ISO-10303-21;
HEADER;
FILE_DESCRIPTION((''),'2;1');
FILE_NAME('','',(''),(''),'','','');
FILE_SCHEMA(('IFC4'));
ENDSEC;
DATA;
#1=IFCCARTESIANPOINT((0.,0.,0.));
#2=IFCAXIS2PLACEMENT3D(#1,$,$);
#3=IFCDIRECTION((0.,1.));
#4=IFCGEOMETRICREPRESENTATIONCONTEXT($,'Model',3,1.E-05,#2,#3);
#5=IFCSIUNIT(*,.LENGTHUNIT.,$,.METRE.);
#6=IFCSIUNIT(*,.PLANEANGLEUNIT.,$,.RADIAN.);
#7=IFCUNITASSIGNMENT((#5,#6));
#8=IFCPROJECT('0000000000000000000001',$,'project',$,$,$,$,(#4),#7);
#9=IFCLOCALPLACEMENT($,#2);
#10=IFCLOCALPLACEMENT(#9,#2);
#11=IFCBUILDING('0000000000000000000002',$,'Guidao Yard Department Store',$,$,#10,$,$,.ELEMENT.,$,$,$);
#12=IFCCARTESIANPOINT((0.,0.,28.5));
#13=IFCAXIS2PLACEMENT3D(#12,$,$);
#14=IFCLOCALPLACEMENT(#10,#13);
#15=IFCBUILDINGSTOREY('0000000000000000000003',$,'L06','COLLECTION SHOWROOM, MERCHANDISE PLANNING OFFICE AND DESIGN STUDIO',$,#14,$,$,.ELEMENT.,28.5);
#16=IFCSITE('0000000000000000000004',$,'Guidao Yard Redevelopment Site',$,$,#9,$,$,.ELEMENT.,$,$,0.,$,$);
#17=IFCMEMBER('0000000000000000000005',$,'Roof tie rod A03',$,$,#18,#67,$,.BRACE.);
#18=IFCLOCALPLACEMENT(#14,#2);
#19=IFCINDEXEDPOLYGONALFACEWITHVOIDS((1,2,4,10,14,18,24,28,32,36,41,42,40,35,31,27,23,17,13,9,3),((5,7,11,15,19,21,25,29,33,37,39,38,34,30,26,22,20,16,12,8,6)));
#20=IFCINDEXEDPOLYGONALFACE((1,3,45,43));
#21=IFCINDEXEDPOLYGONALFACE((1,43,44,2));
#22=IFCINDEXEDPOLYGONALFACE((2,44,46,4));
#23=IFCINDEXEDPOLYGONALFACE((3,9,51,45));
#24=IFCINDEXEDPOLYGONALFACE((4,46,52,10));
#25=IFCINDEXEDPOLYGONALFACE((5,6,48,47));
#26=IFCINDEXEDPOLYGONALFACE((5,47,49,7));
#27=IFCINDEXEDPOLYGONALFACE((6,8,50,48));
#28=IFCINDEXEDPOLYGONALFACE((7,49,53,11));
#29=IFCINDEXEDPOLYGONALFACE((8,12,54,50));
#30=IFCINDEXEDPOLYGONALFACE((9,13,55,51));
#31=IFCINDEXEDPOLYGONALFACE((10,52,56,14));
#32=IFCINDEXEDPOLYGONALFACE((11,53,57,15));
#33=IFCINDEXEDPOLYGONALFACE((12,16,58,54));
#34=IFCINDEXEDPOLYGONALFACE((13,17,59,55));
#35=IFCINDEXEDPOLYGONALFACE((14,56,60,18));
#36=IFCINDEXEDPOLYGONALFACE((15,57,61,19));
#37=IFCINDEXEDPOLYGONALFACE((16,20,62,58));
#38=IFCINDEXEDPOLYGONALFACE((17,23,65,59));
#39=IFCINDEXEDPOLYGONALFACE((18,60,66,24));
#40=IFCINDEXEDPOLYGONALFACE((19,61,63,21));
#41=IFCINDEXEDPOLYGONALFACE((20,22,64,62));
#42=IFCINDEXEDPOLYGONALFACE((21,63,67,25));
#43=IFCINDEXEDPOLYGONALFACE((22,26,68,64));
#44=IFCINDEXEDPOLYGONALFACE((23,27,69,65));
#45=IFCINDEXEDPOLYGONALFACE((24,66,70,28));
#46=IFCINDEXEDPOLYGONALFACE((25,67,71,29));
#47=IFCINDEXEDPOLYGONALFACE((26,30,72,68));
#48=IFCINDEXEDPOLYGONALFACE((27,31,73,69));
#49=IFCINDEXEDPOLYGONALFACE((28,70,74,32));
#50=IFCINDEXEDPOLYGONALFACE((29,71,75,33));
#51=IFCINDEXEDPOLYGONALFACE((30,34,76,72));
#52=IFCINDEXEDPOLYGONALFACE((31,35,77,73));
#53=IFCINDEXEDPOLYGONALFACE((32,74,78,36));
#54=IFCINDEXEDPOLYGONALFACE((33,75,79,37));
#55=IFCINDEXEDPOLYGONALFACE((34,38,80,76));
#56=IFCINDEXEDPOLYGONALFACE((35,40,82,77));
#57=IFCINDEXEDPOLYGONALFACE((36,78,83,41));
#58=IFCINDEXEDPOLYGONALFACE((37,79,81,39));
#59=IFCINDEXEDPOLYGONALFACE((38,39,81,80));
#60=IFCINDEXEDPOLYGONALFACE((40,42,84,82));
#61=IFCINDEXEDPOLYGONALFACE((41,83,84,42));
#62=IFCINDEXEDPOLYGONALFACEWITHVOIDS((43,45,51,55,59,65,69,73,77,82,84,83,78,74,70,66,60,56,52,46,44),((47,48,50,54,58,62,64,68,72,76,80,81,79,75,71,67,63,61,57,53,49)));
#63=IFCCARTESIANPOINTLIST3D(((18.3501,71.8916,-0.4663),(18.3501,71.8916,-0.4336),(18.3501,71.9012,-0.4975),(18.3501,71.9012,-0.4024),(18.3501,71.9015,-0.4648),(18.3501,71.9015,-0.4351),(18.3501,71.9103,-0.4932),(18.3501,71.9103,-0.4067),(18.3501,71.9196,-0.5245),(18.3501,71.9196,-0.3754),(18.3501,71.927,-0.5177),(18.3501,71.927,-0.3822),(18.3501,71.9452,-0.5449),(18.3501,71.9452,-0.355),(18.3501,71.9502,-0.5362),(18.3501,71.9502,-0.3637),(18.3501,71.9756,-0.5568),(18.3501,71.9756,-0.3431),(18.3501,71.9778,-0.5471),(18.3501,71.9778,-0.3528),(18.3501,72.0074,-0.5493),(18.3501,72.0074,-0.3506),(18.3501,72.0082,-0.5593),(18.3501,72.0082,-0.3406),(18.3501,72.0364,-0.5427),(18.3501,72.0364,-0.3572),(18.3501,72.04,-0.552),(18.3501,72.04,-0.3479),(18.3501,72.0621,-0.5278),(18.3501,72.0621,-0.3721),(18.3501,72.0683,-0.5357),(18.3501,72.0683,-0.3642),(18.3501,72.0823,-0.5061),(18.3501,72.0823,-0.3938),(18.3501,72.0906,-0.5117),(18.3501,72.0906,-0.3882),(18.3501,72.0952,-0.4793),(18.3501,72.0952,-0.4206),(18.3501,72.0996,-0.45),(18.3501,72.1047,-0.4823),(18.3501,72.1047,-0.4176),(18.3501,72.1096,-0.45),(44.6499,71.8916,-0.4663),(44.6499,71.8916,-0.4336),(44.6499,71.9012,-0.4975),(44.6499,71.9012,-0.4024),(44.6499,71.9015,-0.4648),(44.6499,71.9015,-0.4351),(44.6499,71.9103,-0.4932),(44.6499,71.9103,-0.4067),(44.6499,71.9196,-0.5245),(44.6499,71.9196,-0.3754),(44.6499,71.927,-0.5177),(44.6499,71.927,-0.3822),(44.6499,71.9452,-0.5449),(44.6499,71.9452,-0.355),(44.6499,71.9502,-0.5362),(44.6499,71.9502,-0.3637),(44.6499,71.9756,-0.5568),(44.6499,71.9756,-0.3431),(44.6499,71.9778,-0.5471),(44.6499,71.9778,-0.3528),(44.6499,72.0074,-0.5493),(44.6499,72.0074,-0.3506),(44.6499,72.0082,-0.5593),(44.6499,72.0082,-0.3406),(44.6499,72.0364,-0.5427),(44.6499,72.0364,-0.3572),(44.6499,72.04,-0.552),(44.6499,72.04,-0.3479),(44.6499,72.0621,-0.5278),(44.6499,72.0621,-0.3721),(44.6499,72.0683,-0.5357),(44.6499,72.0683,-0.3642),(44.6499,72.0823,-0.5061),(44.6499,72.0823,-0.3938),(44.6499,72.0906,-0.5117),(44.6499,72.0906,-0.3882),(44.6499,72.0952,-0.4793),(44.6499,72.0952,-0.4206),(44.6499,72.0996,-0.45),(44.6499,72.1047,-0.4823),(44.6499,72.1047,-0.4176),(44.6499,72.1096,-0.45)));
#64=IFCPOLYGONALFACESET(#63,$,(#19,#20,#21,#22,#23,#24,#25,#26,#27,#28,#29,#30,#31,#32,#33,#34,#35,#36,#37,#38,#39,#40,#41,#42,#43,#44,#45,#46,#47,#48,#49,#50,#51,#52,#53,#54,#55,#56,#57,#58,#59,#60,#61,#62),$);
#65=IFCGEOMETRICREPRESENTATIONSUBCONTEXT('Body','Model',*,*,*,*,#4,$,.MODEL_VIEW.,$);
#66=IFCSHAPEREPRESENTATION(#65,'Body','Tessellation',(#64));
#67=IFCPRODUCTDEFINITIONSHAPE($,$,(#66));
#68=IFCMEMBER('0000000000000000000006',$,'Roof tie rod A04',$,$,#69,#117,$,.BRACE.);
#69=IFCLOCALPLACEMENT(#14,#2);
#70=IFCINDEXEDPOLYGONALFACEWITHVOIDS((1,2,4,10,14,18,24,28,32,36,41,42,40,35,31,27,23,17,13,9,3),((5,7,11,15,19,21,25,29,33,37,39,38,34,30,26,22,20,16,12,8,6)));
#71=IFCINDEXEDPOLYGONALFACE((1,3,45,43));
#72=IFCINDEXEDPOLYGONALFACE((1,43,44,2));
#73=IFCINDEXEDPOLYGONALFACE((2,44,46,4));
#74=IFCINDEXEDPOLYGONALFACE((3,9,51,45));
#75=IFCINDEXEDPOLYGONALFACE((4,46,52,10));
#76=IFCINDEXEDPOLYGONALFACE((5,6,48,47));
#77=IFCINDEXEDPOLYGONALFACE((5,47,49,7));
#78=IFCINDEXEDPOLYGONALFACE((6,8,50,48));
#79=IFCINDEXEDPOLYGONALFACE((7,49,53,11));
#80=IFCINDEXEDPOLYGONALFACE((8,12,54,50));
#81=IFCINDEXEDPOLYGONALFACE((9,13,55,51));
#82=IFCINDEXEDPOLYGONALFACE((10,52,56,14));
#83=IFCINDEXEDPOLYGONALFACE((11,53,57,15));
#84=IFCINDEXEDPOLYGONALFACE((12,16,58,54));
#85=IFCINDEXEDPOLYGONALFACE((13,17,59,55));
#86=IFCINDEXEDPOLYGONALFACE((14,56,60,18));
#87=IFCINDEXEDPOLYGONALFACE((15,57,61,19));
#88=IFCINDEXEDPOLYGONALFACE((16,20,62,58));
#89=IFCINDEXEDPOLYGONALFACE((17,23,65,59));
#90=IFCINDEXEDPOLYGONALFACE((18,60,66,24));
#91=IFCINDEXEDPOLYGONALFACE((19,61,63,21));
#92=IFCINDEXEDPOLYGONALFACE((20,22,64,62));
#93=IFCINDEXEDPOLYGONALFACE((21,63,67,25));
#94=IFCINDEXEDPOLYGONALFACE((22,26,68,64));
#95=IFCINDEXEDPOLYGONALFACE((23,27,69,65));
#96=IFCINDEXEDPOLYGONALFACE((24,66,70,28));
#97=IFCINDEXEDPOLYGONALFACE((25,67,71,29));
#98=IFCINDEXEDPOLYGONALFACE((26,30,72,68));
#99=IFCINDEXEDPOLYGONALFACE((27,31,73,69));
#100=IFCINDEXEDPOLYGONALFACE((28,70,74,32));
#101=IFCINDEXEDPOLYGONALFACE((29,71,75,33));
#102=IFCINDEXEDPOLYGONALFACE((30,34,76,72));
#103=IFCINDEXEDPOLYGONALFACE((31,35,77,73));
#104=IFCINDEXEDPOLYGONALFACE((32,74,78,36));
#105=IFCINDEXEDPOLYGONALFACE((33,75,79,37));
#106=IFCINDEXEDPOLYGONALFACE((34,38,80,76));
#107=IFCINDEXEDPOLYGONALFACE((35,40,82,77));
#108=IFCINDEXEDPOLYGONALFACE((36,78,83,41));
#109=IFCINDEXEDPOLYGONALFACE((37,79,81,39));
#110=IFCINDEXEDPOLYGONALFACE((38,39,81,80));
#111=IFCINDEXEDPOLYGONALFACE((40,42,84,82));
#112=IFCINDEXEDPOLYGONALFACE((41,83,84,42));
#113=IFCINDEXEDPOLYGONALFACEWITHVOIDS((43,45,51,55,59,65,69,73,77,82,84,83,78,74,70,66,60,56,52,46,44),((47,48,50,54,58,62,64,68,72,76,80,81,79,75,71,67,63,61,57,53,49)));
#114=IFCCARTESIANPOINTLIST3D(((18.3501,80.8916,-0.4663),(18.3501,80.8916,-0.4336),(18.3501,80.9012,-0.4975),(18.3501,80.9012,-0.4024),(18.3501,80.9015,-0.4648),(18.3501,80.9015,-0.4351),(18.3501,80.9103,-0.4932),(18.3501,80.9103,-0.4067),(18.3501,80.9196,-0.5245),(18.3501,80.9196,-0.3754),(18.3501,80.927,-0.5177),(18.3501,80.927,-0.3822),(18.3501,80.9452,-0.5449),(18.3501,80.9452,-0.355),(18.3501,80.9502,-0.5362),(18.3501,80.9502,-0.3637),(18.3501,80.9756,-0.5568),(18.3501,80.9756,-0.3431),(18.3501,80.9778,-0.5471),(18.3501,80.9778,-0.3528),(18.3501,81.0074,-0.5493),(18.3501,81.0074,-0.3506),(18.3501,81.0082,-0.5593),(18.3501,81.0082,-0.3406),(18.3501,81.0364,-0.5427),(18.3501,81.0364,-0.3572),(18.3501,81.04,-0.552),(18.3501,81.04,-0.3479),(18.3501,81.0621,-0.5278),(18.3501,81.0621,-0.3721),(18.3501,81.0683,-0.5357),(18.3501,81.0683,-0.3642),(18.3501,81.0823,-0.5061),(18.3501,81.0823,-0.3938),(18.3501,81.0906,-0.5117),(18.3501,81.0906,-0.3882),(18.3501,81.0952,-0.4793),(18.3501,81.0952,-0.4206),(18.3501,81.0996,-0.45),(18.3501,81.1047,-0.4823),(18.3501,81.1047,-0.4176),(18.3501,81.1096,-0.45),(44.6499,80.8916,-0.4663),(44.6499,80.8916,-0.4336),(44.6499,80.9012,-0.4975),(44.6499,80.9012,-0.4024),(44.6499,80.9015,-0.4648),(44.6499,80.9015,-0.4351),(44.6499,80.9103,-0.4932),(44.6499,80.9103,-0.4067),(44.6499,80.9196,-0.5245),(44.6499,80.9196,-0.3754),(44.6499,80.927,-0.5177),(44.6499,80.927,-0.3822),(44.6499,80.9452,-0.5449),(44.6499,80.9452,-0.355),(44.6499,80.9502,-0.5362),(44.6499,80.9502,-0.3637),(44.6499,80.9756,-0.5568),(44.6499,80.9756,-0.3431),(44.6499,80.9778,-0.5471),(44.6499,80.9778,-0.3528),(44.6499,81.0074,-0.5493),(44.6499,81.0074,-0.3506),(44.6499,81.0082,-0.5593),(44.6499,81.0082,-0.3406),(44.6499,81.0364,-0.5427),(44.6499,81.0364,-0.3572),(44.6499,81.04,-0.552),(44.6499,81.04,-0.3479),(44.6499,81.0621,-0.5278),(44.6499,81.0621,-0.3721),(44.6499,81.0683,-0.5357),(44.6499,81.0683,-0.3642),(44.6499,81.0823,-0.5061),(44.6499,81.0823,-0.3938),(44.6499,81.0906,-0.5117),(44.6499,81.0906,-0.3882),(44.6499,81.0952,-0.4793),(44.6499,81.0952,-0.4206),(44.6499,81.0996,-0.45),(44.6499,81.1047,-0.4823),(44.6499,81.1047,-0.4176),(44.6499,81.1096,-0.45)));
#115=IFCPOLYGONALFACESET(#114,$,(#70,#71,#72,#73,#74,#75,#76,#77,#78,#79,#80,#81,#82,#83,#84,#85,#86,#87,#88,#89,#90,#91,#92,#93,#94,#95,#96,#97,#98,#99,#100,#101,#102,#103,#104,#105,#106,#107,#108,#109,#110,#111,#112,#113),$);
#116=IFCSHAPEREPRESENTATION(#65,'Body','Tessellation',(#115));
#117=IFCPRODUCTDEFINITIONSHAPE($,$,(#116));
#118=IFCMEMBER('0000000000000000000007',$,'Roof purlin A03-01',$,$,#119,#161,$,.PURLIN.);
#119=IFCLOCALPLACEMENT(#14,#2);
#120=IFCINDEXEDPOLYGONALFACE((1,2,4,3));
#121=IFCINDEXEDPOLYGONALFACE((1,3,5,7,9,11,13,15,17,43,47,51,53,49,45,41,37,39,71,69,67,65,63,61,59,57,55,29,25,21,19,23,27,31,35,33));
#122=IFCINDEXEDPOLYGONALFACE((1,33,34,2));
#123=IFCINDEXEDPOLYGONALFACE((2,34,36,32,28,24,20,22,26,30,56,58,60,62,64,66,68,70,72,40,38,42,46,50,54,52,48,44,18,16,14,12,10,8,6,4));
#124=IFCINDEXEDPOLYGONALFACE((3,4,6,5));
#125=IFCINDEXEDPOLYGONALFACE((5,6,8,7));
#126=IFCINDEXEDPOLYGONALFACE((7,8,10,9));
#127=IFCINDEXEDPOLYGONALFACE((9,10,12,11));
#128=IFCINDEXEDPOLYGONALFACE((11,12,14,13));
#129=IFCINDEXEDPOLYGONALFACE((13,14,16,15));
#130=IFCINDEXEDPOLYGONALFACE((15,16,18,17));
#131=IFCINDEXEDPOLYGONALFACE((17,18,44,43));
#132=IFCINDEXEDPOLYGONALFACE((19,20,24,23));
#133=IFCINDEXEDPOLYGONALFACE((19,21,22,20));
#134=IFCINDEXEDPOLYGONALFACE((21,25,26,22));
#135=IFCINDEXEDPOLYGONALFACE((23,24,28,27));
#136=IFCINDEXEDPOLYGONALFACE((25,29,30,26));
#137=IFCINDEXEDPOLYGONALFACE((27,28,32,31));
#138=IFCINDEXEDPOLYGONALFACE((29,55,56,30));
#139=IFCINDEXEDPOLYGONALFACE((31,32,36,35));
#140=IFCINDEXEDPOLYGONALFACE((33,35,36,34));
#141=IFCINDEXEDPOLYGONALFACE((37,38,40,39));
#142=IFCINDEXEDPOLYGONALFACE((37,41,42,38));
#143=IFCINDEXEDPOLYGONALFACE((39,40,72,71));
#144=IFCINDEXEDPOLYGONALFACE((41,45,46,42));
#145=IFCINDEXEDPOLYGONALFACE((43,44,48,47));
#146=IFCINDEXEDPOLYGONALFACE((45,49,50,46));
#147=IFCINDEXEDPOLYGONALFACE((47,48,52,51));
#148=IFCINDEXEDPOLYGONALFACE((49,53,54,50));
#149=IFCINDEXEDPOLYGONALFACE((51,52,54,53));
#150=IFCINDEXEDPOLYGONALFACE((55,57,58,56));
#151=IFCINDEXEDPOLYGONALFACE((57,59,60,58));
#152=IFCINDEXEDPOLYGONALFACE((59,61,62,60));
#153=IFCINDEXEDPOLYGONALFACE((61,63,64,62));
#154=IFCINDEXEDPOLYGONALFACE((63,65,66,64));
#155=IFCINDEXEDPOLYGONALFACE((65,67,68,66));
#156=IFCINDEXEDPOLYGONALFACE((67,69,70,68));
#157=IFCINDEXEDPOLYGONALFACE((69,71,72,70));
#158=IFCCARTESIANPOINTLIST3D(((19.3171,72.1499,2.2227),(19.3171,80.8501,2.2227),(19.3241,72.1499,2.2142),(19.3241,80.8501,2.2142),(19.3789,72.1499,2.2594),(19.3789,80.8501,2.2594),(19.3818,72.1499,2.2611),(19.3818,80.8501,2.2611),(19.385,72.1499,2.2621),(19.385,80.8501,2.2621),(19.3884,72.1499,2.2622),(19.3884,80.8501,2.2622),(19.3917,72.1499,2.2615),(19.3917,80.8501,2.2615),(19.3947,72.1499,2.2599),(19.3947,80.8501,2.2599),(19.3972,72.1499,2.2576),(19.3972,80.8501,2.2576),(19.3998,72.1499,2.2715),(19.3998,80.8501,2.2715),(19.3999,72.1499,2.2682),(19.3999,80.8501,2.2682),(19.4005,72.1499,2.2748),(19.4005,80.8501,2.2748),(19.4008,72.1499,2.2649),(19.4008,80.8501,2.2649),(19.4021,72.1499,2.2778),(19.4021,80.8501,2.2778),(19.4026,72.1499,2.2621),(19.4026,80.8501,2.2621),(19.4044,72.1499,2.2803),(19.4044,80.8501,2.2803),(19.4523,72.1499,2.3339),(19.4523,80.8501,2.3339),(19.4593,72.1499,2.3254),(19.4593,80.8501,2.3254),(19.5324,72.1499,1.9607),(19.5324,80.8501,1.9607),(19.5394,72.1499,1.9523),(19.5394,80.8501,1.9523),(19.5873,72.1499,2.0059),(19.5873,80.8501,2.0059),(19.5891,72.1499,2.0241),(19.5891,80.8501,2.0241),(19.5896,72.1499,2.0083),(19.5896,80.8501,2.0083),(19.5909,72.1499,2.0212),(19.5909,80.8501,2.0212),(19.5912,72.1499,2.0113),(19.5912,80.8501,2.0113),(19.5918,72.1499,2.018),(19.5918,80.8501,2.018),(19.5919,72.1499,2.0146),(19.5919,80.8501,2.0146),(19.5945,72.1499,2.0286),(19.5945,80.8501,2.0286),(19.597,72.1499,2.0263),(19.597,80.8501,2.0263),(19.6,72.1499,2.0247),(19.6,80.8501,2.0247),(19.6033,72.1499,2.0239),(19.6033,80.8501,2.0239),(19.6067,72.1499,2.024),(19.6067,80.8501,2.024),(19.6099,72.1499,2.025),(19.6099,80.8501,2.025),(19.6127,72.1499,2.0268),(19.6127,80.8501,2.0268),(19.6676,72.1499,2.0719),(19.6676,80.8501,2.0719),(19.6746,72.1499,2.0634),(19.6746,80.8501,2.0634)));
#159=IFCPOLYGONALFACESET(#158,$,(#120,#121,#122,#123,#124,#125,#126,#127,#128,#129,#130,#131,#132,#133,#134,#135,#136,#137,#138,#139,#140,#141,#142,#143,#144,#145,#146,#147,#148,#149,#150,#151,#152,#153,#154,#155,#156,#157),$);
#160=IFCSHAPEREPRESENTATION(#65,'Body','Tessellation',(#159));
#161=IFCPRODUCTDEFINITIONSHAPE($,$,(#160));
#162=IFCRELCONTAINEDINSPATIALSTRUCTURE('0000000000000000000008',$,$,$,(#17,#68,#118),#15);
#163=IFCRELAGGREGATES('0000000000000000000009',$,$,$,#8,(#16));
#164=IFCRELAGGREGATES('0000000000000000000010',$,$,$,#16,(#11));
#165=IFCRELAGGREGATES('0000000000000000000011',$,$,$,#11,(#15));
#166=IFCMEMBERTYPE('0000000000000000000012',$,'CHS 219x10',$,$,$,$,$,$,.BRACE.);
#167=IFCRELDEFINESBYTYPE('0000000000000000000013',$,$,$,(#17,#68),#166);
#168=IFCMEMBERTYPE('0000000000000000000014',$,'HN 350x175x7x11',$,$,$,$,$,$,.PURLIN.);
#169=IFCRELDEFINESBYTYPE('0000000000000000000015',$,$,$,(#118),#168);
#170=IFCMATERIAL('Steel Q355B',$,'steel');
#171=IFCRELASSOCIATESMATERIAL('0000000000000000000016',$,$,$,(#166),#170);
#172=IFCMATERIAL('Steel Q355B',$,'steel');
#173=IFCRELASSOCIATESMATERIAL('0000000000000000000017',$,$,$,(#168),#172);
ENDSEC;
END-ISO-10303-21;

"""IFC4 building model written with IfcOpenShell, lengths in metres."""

from ifc_helpers import new_model, si_unit, direction, frame, origin, origin_2d, place, context, subcontext, project, spatial, hollow_circle, i_section, extrude, material, material_profile, profile_set, type_object, element, save


model = new_model("IFC4")

# Units and contexts
model_context = context("Model", 3, precision=1e-05, world=origin(), true_north=direction((0.0, 1.0)))
body_context = subcontext(model_context, "Body", "Model", "MODEL_VIEW")
ifc_project = project(units=[si_unit("LENGTHUNIT", "METRE"), si_unit("PLANEANGLEUNIT", "RADIAN")], contexts=[model_context])

# Site, building, storey
site_placement = place(None, origin())
site = spatial("IfcSite", under=ifc_project, at=site_placement, Name="Guidao Yard Redevelopment Site", CompositionType="ELEMENT", RefElevation=0.0)
building_placement = place(site_placement, origin())
building = spatial("IfcBuilding", under=site, at=building_placement, Name="Guidao Yard Department Store", CompositionType="ELEMENT")
storey_placement = place(building_placement, frame((0.0, 0.0, 28.5)))
storey = spatial("IfcBuildingStorey", under=building, at=storey_placement, Name="L06", Description="COLLECTION SHOWROOM, MERCHANDISE PLANNING OFFICE AND DESIGN STUDIO", CompositionType="ELEMENT", Elevation=28.5)

# Members
ifc_material_1 = material(Name="Steel Q355B", Category="steel")
ifc_material_profile_1 = material_profile(ifc_material_1, hollow_circle(Radius=0.1096, WallThickness=0.01, at=origin_2d()), Name="CHS 219x10")
ifc_profile_set_1 = profile_set([ifc_material_profile_1], Name="Steel Q355B")
member_type_1 = type_object("IfcMemberType", Name="CHS 219x10", PredefinedType="BRACE", material=ifc_profile_set_1)
for number, where, z_axis, x_axis, name in (
    (1, (18.3501, 72.0, -0.45), (1.0, 0.0, 0.0), (0.0, 1.0, 0.0), "Roof tie rod A03"),
    (2, (18.3501, 81.0, -0.45), (1.0, 0.0, 0.0), (0.0, 1.0, 0.0), "Roof tie rod A04"),
):
    element("IfcMember", number, at=place(storey_placement, frame(where, z_axis=z_axis, x_axis=x_axis)), inside=storey, type_object=member_type_1, Name=name, PredefinedType="BRACE", context=body_context, shape_type="SweptSolid", body=[
        extrude(hollow_circle(Radius=0.1096, WallThickness=0.01, at=origin_2d()), origin(), (0.0, 0.0, 1.0), 26.2998),
    ])
ifc_material_2 = material(Name="Steel Q355B", Category="steel")
ifc_material_profile_2 = material_profile(ifc_material_2, i_section(OverallWidth=0.175, OverallDepth=0.3501, WebThickness=0.0071, FlangeThickness=0.011, FilletRadius=0.0129, at=origin_2d()), Name="HN 350x175x7x11")
ifc_profile_set_2 = profile_set([ifc_material_profile_2], Name="Steel Q355B")
member_type_2 = type_object("IfcMemberType", Name="HN 350x175x7x11", PredefinedType="PURLIN", material=ifc_profile_set_2)
member_placement = place(storey_placement, frame((19.4958, 72.1499, 2.1431), z_axis=(0.0, 1.0, 0.0), x_axis=(-0.77257, 0.0, -0.63493)))
element("IfcMember", 3, at=member_placement, inside=storey, type_object=member_type_2, Name="Roof purlin A03-01", PredefinedType="PURLIN", context=body_context, shape_type="SweptSolid", body=[
    extrude(i_section(OverallWidth=0.175, OverallDepth=0.3501, WebThickness=0.0071, FlangeThickness=0.011, FilletRadius=0.0129, at=origin_2d()), origin(), (0.0, 0.0, 1.0), 8.7002),
])

save(model, "model.ifc")
